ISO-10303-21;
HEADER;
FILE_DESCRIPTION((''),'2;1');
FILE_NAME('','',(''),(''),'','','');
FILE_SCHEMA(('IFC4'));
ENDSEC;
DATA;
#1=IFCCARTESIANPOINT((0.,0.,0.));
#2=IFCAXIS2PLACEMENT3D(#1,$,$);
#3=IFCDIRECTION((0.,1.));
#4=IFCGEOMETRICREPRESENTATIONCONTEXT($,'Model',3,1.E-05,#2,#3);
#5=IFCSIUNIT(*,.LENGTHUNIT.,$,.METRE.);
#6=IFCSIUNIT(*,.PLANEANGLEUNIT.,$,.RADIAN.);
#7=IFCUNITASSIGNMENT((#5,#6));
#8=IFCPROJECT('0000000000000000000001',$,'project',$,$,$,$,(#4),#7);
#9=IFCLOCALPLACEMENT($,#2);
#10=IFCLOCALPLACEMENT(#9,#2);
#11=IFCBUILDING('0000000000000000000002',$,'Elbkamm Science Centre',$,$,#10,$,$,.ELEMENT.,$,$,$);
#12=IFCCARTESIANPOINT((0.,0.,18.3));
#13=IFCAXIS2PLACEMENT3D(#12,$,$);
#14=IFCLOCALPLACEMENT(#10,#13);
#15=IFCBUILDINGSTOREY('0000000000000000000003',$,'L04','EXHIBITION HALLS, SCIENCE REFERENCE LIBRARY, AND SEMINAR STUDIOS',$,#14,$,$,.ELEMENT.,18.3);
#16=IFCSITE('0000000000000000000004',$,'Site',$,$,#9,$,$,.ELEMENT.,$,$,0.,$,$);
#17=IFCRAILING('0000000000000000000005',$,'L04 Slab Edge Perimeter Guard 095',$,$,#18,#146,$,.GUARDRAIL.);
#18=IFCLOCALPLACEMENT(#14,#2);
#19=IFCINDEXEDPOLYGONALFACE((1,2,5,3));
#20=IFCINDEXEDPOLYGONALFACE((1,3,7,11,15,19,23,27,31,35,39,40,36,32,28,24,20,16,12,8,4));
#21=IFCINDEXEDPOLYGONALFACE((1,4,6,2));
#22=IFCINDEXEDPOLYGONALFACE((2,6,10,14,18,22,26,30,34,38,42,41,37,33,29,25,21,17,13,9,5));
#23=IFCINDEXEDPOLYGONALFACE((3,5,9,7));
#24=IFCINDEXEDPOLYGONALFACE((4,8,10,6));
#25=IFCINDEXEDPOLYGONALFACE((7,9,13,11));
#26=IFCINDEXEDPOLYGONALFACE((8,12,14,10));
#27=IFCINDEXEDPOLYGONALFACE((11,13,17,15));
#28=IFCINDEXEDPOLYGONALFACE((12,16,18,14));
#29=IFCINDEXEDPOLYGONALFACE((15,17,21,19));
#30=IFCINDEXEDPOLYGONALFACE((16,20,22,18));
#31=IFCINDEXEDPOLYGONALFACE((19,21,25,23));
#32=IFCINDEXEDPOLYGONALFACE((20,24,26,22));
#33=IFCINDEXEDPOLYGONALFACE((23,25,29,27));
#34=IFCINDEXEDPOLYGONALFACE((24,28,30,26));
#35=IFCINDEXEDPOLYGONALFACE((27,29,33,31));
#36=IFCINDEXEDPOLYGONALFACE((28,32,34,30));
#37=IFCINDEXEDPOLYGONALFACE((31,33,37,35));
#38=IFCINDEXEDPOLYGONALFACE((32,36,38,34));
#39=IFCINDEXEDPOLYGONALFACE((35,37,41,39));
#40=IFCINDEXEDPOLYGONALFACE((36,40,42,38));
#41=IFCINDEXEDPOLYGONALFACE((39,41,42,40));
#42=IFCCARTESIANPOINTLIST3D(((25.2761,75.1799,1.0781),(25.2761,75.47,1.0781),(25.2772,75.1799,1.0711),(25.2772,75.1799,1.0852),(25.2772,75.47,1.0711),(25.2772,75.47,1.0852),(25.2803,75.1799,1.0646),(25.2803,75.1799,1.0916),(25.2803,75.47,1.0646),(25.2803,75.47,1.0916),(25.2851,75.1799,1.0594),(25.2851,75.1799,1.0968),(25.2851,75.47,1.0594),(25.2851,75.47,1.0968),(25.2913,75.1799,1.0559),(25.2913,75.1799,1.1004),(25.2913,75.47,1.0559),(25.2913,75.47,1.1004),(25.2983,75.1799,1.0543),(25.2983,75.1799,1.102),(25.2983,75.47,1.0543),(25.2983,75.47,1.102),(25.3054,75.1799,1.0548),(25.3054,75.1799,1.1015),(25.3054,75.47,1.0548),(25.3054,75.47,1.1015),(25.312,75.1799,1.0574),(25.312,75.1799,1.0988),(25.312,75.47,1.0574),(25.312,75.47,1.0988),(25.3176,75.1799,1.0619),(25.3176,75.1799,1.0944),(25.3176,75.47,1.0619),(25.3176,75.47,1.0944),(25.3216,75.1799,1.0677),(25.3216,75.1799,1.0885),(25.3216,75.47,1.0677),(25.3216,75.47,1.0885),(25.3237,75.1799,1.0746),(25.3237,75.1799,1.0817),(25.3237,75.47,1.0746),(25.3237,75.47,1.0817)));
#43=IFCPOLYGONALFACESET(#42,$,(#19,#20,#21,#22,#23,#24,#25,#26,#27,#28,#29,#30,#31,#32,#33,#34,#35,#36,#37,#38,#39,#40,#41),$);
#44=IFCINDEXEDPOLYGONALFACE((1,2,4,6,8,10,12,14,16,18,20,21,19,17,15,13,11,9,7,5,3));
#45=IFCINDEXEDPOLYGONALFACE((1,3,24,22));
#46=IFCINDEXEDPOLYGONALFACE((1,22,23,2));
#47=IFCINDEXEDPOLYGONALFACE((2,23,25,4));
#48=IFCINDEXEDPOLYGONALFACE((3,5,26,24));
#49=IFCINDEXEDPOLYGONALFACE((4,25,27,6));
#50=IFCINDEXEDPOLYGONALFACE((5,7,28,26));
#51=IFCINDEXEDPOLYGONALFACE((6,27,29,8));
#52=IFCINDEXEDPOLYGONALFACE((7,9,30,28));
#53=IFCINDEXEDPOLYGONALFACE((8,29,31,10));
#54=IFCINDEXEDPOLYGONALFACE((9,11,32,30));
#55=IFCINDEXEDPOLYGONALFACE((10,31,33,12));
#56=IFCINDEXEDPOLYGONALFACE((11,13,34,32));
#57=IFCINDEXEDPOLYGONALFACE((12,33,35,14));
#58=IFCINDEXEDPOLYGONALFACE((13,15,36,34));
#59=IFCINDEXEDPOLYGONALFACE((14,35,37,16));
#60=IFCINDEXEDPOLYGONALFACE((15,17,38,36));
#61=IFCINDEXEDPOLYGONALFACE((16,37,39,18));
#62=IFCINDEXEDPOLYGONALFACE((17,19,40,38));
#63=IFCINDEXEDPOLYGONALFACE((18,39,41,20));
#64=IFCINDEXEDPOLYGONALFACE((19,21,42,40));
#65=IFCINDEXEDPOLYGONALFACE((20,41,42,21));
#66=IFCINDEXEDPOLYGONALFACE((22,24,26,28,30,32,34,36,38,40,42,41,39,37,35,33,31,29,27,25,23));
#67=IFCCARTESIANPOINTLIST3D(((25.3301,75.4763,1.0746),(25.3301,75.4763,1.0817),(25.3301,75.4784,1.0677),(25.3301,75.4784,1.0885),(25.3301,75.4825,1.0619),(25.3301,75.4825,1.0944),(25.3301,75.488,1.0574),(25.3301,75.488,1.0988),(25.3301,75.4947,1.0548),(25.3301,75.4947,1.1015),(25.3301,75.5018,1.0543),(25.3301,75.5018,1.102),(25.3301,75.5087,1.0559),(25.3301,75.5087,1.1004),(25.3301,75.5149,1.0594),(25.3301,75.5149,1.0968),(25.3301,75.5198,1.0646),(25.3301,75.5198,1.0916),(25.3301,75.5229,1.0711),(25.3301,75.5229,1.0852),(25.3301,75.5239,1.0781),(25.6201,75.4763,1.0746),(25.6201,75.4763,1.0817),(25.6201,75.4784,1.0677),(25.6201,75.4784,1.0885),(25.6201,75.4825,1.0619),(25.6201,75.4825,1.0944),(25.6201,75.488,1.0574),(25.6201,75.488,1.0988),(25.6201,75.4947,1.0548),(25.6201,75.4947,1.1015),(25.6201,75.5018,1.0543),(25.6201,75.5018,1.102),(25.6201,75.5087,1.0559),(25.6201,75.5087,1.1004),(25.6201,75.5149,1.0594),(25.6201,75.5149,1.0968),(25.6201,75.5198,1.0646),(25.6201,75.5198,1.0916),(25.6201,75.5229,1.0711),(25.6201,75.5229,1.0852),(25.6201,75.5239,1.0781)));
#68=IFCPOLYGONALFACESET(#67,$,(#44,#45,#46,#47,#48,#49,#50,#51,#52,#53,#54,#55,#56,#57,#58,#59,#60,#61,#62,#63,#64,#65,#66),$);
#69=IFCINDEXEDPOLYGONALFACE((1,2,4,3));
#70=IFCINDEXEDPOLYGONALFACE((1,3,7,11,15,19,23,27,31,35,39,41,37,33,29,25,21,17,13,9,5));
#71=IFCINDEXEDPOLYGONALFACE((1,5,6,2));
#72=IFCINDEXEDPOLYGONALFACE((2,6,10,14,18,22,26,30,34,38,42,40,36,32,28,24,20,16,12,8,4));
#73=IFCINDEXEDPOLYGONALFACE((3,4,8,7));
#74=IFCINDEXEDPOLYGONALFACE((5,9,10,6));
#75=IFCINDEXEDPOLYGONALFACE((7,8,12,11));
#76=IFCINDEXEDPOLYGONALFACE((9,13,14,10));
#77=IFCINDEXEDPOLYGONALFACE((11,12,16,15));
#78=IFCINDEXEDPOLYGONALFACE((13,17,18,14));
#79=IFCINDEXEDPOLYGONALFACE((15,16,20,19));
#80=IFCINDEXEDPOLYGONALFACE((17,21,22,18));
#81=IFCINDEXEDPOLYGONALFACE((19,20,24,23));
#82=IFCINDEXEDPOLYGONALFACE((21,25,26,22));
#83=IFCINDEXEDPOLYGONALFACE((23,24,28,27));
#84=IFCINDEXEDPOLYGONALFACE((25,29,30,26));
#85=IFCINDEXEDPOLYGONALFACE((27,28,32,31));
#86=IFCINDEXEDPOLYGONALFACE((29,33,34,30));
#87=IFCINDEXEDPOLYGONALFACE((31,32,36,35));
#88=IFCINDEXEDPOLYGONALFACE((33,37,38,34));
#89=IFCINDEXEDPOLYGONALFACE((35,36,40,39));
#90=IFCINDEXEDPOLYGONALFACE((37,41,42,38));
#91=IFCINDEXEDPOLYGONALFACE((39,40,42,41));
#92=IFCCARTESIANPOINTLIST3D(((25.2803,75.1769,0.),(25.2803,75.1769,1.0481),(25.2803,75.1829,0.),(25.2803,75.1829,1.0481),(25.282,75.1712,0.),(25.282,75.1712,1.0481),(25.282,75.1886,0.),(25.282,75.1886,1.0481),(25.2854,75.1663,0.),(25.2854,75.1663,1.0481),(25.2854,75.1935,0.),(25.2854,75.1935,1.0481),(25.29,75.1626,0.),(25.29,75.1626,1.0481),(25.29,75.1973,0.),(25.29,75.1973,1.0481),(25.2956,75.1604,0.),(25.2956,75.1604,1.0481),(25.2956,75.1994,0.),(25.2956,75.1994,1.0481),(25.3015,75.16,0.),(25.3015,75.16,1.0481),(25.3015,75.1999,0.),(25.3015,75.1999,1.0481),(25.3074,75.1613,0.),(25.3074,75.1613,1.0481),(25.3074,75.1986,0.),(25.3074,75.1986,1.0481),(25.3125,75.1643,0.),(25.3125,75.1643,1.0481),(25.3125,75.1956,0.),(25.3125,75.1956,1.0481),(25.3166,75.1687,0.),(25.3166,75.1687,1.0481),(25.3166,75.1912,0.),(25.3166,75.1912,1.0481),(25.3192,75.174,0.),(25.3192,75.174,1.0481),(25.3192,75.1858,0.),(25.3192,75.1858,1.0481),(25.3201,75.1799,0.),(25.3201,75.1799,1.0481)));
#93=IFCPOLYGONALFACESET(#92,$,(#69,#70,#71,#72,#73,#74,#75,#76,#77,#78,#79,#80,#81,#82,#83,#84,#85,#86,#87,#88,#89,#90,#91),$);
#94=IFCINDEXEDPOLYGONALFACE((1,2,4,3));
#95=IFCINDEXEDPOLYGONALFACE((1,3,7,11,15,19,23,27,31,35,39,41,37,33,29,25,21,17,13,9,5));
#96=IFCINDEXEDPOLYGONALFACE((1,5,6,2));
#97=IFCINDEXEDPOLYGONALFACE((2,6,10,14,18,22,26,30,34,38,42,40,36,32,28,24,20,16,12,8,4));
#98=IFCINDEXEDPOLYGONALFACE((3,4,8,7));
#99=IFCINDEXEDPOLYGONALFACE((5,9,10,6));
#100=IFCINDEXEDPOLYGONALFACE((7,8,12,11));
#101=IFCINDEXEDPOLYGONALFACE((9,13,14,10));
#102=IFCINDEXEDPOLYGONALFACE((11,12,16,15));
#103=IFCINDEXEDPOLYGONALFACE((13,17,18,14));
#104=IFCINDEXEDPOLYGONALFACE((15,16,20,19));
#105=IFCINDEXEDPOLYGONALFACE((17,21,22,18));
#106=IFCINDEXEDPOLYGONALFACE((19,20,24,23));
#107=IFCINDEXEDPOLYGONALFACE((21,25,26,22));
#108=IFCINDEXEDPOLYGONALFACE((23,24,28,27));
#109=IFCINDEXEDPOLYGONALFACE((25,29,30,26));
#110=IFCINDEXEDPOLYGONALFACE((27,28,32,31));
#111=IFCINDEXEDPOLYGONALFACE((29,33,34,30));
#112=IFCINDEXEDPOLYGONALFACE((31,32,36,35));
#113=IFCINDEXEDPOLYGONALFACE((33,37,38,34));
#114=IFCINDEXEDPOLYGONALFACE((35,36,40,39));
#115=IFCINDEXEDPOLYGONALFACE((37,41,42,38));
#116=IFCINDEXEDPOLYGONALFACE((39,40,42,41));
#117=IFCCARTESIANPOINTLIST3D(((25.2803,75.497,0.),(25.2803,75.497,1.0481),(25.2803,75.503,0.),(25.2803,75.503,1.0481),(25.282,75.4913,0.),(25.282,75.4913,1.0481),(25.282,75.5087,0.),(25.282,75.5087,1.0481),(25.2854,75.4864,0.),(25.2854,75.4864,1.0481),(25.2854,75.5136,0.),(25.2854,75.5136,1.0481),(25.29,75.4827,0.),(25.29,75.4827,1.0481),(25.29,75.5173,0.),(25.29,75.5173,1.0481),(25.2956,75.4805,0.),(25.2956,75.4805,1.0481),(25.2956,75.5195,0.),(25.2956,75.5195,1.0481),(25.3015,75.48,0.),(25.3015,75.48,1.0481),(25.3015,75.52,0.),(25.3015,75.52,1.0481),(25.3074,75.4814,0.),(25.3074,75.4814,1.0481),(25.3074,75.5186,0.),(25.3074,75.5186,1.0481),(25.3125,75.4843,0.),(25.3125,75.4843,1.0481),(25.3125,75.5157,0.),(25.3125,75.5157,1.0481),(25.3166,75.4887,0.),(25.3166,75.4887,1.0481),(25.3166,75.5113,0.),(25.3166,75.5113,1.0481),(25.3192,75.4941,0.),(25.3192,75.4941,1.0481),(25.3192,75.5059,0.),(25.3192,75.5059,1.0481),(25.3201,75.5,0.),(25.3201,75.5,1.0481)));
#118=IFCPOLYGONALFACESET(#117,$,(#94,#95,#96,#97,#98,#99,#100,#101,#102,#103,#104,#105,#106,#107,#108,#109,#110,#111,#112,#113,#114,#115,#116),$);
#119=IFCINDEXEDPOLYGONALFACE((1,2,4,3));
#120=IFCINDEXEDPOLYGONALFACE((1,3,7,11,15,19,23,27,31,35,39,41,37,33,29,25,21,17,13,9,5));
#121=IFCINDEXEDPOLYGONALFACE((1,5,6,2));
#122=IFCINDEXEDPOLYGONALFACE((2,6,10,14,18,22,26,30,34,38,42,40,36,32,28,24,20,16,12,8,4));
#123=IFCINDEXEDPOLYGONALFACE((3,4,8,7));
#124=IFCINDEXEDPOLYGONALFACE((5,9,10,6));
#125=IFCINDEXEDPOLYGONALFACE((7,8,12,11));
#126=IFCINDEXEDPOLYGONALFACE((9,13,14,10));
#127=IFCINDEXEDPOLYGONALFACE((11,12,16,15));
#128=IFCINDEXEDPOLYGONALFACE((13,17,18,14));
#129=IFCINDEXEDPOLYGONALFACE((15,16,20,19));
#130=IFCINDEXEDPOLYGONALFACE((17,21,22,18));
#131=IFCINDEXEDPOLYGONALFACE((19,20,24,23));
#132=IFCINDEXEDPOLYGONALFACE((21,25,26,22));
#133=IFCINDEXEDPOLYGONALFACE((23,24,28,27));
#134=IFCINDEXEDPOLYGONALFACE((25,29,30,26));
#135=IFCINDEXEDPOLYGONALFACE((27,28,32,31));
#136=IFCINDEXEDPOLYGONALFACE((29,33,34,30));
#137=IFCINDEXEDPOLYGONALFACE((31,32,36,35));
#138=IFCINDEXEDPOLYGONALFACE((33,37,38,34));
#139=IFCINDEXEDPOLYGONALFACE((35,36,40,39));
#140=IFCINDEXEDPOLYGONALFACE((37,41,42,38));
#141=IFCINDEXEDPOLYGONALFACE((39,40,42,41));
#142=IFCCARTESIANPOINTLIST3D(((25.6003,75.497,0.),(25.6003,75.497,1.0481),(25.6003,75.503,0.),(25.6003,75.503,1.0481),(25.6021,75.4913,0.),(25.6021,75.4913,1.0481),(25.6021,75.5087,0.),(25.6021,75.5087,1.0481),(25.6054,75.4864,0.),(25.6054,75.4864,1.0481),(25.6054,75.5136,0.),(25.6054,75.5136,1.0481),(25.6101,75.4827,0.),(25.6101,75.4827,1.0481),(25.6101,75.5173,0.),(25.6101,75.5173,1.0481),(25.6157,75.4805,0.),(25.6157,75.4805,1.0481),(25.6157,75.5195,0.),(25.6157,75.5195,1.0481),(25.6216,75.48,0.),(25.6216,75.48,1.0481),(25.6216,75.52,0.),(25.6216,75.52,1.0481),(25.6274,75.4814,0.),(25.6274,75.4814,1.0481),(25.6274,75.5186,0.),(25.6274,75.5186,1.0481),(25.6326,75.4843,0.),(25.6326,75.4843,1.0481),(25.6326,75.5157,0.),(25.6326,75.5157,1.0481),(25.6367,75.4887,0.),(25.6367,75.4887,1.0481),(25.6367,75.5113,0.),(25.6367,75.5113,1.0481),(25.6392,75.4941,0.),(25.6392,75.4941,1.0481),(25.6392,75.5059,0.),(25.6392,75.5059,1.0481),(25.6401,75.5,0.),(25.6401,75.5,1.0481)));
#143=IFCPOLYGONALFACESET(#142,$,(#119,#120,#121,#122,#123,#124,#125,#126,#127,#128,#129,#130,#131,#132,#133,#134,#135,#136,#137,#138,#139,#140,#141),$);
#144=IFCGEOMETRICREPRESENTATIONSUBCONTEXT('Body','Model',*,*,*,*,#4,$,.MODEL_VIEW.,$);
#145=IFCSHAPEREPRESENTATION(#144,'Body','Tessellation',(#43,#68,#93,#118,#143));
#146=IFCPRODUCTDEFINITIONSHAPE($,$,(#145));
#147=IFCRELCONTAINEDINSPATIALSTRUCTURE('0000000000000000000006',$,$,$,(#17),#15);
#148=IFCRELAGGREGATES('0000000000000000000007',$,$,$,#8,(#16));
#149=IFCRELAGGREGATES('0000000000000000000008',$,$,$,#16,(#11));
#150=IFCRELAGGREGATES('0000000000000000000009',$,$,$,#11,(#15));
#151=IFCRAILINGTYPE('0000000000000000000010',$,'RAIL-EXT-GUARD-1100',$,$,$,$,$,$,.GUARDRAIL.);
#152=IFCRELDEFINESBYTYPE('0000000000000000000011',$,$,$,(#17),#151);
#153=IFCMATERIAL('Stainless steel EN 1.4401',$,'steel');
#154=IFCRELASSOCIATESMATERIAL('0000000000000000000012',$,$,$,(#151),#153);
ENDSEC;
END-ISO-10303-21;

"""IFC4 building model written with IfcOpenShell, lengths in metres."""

from ifc_helpers import new_model, si_unit, direction, frame, origin, origin_2d, place, context, subcontext, project, spatial, circle, extrude, material, type_object, element, save


model = new_model("IFC4")

# Units and contexts
model_context = context("Model", 3, precision=1e-05, world=origin(), true_north=direction((0.0, 1.0)))
body_context = subcontext(model_context, "Body", "Model", "MODEL_VIEW")
ifc_project = project(units=[si_unit("LENGTHUNIT", "METRE"), si_unit("PLANEANGLEUNIT", "RADIAN")], contexts=[model_context])

# Site, building, storey
site_placement = place(None, origin())
site = spatial("IfcSite", under=ifc_project, at=site_placement, Name="Site", CompositionType="ELEMENT", RefElevation=0.0)
building_placement = place(site_placement, origin())
building = spatial("IfcBuilding", under=site, at=building_placement, Name="Elbkamm Science Centre", CompositionType="ELEMENT")
storey_placement = place(building_placement, frame((0.0, 0.0, 18.3)))
storey = spatial("IfcBuildingStorey", under=building, at=storey_placement, Name="L04", Description="EXHIBITION HALLS, SCIENCE REFERENCE LIBRARY, AND SEMINAR STUDIOS", CompositionType="ELEMENT", Elevation=18.3)

# Railing
ifc_material_1 = material(Name="Stainless steel EN 1.4401", Category="steel")
railing_type_1 = type_object("IfcRailingType", Name="RAIL-EXT-GUARD-1100", PredefinedType="GUARDRAIL", material=ifc_material_1)
railing_1_placement = place(storey_placement, frame((25.3, 75.1799, 0.0)))
element("IfcRailing", 1, at=railing_1_placement, inside=storey, type_object=railing_type_1, Name="L04 Slab Edge Perimeter Guard 095", PredefinedType="GUARDRAIL", context=body_context, shape_type="SweptSolid", body=[
    extrude(circle(Radius=0.0239, at=origin_2d()), frame((0.0, 0.0, 1.0781), z_axis=(0.0, 1.0, 0.0), x_axis=(-1.0, 0.0, 0.0)), (0.0, 0.0, 1.0), 0.29),
    extrude(circle(Radius=0.0239, at=origin_2d()), frame((0.03, 0.3201, 1.0781), z_axis=(1.0, 0.0, 0.0), x_axis=(0.0, 1.0, 0.0)), (0.0, 0.0, 1.0), 0.29),
    extrude(circle(Radius=0.02, at=origin_2d()), origin(), (0.0, 0.0, 1.0), 1.0481),
    extrude(circle(Radius=0.02, at=origin_2d()), frame((0.0, 0.3201, 0.0)), (0.0, 0.0, 1.0), 1.0481),
    extrude(circle(Radius=0.02, at=origin_2d()), frame((0.3201, 0.3201, 0.0)), (0.0, 0.0, 1.0), 1.0481),
])

save(model, "model.ifc")
